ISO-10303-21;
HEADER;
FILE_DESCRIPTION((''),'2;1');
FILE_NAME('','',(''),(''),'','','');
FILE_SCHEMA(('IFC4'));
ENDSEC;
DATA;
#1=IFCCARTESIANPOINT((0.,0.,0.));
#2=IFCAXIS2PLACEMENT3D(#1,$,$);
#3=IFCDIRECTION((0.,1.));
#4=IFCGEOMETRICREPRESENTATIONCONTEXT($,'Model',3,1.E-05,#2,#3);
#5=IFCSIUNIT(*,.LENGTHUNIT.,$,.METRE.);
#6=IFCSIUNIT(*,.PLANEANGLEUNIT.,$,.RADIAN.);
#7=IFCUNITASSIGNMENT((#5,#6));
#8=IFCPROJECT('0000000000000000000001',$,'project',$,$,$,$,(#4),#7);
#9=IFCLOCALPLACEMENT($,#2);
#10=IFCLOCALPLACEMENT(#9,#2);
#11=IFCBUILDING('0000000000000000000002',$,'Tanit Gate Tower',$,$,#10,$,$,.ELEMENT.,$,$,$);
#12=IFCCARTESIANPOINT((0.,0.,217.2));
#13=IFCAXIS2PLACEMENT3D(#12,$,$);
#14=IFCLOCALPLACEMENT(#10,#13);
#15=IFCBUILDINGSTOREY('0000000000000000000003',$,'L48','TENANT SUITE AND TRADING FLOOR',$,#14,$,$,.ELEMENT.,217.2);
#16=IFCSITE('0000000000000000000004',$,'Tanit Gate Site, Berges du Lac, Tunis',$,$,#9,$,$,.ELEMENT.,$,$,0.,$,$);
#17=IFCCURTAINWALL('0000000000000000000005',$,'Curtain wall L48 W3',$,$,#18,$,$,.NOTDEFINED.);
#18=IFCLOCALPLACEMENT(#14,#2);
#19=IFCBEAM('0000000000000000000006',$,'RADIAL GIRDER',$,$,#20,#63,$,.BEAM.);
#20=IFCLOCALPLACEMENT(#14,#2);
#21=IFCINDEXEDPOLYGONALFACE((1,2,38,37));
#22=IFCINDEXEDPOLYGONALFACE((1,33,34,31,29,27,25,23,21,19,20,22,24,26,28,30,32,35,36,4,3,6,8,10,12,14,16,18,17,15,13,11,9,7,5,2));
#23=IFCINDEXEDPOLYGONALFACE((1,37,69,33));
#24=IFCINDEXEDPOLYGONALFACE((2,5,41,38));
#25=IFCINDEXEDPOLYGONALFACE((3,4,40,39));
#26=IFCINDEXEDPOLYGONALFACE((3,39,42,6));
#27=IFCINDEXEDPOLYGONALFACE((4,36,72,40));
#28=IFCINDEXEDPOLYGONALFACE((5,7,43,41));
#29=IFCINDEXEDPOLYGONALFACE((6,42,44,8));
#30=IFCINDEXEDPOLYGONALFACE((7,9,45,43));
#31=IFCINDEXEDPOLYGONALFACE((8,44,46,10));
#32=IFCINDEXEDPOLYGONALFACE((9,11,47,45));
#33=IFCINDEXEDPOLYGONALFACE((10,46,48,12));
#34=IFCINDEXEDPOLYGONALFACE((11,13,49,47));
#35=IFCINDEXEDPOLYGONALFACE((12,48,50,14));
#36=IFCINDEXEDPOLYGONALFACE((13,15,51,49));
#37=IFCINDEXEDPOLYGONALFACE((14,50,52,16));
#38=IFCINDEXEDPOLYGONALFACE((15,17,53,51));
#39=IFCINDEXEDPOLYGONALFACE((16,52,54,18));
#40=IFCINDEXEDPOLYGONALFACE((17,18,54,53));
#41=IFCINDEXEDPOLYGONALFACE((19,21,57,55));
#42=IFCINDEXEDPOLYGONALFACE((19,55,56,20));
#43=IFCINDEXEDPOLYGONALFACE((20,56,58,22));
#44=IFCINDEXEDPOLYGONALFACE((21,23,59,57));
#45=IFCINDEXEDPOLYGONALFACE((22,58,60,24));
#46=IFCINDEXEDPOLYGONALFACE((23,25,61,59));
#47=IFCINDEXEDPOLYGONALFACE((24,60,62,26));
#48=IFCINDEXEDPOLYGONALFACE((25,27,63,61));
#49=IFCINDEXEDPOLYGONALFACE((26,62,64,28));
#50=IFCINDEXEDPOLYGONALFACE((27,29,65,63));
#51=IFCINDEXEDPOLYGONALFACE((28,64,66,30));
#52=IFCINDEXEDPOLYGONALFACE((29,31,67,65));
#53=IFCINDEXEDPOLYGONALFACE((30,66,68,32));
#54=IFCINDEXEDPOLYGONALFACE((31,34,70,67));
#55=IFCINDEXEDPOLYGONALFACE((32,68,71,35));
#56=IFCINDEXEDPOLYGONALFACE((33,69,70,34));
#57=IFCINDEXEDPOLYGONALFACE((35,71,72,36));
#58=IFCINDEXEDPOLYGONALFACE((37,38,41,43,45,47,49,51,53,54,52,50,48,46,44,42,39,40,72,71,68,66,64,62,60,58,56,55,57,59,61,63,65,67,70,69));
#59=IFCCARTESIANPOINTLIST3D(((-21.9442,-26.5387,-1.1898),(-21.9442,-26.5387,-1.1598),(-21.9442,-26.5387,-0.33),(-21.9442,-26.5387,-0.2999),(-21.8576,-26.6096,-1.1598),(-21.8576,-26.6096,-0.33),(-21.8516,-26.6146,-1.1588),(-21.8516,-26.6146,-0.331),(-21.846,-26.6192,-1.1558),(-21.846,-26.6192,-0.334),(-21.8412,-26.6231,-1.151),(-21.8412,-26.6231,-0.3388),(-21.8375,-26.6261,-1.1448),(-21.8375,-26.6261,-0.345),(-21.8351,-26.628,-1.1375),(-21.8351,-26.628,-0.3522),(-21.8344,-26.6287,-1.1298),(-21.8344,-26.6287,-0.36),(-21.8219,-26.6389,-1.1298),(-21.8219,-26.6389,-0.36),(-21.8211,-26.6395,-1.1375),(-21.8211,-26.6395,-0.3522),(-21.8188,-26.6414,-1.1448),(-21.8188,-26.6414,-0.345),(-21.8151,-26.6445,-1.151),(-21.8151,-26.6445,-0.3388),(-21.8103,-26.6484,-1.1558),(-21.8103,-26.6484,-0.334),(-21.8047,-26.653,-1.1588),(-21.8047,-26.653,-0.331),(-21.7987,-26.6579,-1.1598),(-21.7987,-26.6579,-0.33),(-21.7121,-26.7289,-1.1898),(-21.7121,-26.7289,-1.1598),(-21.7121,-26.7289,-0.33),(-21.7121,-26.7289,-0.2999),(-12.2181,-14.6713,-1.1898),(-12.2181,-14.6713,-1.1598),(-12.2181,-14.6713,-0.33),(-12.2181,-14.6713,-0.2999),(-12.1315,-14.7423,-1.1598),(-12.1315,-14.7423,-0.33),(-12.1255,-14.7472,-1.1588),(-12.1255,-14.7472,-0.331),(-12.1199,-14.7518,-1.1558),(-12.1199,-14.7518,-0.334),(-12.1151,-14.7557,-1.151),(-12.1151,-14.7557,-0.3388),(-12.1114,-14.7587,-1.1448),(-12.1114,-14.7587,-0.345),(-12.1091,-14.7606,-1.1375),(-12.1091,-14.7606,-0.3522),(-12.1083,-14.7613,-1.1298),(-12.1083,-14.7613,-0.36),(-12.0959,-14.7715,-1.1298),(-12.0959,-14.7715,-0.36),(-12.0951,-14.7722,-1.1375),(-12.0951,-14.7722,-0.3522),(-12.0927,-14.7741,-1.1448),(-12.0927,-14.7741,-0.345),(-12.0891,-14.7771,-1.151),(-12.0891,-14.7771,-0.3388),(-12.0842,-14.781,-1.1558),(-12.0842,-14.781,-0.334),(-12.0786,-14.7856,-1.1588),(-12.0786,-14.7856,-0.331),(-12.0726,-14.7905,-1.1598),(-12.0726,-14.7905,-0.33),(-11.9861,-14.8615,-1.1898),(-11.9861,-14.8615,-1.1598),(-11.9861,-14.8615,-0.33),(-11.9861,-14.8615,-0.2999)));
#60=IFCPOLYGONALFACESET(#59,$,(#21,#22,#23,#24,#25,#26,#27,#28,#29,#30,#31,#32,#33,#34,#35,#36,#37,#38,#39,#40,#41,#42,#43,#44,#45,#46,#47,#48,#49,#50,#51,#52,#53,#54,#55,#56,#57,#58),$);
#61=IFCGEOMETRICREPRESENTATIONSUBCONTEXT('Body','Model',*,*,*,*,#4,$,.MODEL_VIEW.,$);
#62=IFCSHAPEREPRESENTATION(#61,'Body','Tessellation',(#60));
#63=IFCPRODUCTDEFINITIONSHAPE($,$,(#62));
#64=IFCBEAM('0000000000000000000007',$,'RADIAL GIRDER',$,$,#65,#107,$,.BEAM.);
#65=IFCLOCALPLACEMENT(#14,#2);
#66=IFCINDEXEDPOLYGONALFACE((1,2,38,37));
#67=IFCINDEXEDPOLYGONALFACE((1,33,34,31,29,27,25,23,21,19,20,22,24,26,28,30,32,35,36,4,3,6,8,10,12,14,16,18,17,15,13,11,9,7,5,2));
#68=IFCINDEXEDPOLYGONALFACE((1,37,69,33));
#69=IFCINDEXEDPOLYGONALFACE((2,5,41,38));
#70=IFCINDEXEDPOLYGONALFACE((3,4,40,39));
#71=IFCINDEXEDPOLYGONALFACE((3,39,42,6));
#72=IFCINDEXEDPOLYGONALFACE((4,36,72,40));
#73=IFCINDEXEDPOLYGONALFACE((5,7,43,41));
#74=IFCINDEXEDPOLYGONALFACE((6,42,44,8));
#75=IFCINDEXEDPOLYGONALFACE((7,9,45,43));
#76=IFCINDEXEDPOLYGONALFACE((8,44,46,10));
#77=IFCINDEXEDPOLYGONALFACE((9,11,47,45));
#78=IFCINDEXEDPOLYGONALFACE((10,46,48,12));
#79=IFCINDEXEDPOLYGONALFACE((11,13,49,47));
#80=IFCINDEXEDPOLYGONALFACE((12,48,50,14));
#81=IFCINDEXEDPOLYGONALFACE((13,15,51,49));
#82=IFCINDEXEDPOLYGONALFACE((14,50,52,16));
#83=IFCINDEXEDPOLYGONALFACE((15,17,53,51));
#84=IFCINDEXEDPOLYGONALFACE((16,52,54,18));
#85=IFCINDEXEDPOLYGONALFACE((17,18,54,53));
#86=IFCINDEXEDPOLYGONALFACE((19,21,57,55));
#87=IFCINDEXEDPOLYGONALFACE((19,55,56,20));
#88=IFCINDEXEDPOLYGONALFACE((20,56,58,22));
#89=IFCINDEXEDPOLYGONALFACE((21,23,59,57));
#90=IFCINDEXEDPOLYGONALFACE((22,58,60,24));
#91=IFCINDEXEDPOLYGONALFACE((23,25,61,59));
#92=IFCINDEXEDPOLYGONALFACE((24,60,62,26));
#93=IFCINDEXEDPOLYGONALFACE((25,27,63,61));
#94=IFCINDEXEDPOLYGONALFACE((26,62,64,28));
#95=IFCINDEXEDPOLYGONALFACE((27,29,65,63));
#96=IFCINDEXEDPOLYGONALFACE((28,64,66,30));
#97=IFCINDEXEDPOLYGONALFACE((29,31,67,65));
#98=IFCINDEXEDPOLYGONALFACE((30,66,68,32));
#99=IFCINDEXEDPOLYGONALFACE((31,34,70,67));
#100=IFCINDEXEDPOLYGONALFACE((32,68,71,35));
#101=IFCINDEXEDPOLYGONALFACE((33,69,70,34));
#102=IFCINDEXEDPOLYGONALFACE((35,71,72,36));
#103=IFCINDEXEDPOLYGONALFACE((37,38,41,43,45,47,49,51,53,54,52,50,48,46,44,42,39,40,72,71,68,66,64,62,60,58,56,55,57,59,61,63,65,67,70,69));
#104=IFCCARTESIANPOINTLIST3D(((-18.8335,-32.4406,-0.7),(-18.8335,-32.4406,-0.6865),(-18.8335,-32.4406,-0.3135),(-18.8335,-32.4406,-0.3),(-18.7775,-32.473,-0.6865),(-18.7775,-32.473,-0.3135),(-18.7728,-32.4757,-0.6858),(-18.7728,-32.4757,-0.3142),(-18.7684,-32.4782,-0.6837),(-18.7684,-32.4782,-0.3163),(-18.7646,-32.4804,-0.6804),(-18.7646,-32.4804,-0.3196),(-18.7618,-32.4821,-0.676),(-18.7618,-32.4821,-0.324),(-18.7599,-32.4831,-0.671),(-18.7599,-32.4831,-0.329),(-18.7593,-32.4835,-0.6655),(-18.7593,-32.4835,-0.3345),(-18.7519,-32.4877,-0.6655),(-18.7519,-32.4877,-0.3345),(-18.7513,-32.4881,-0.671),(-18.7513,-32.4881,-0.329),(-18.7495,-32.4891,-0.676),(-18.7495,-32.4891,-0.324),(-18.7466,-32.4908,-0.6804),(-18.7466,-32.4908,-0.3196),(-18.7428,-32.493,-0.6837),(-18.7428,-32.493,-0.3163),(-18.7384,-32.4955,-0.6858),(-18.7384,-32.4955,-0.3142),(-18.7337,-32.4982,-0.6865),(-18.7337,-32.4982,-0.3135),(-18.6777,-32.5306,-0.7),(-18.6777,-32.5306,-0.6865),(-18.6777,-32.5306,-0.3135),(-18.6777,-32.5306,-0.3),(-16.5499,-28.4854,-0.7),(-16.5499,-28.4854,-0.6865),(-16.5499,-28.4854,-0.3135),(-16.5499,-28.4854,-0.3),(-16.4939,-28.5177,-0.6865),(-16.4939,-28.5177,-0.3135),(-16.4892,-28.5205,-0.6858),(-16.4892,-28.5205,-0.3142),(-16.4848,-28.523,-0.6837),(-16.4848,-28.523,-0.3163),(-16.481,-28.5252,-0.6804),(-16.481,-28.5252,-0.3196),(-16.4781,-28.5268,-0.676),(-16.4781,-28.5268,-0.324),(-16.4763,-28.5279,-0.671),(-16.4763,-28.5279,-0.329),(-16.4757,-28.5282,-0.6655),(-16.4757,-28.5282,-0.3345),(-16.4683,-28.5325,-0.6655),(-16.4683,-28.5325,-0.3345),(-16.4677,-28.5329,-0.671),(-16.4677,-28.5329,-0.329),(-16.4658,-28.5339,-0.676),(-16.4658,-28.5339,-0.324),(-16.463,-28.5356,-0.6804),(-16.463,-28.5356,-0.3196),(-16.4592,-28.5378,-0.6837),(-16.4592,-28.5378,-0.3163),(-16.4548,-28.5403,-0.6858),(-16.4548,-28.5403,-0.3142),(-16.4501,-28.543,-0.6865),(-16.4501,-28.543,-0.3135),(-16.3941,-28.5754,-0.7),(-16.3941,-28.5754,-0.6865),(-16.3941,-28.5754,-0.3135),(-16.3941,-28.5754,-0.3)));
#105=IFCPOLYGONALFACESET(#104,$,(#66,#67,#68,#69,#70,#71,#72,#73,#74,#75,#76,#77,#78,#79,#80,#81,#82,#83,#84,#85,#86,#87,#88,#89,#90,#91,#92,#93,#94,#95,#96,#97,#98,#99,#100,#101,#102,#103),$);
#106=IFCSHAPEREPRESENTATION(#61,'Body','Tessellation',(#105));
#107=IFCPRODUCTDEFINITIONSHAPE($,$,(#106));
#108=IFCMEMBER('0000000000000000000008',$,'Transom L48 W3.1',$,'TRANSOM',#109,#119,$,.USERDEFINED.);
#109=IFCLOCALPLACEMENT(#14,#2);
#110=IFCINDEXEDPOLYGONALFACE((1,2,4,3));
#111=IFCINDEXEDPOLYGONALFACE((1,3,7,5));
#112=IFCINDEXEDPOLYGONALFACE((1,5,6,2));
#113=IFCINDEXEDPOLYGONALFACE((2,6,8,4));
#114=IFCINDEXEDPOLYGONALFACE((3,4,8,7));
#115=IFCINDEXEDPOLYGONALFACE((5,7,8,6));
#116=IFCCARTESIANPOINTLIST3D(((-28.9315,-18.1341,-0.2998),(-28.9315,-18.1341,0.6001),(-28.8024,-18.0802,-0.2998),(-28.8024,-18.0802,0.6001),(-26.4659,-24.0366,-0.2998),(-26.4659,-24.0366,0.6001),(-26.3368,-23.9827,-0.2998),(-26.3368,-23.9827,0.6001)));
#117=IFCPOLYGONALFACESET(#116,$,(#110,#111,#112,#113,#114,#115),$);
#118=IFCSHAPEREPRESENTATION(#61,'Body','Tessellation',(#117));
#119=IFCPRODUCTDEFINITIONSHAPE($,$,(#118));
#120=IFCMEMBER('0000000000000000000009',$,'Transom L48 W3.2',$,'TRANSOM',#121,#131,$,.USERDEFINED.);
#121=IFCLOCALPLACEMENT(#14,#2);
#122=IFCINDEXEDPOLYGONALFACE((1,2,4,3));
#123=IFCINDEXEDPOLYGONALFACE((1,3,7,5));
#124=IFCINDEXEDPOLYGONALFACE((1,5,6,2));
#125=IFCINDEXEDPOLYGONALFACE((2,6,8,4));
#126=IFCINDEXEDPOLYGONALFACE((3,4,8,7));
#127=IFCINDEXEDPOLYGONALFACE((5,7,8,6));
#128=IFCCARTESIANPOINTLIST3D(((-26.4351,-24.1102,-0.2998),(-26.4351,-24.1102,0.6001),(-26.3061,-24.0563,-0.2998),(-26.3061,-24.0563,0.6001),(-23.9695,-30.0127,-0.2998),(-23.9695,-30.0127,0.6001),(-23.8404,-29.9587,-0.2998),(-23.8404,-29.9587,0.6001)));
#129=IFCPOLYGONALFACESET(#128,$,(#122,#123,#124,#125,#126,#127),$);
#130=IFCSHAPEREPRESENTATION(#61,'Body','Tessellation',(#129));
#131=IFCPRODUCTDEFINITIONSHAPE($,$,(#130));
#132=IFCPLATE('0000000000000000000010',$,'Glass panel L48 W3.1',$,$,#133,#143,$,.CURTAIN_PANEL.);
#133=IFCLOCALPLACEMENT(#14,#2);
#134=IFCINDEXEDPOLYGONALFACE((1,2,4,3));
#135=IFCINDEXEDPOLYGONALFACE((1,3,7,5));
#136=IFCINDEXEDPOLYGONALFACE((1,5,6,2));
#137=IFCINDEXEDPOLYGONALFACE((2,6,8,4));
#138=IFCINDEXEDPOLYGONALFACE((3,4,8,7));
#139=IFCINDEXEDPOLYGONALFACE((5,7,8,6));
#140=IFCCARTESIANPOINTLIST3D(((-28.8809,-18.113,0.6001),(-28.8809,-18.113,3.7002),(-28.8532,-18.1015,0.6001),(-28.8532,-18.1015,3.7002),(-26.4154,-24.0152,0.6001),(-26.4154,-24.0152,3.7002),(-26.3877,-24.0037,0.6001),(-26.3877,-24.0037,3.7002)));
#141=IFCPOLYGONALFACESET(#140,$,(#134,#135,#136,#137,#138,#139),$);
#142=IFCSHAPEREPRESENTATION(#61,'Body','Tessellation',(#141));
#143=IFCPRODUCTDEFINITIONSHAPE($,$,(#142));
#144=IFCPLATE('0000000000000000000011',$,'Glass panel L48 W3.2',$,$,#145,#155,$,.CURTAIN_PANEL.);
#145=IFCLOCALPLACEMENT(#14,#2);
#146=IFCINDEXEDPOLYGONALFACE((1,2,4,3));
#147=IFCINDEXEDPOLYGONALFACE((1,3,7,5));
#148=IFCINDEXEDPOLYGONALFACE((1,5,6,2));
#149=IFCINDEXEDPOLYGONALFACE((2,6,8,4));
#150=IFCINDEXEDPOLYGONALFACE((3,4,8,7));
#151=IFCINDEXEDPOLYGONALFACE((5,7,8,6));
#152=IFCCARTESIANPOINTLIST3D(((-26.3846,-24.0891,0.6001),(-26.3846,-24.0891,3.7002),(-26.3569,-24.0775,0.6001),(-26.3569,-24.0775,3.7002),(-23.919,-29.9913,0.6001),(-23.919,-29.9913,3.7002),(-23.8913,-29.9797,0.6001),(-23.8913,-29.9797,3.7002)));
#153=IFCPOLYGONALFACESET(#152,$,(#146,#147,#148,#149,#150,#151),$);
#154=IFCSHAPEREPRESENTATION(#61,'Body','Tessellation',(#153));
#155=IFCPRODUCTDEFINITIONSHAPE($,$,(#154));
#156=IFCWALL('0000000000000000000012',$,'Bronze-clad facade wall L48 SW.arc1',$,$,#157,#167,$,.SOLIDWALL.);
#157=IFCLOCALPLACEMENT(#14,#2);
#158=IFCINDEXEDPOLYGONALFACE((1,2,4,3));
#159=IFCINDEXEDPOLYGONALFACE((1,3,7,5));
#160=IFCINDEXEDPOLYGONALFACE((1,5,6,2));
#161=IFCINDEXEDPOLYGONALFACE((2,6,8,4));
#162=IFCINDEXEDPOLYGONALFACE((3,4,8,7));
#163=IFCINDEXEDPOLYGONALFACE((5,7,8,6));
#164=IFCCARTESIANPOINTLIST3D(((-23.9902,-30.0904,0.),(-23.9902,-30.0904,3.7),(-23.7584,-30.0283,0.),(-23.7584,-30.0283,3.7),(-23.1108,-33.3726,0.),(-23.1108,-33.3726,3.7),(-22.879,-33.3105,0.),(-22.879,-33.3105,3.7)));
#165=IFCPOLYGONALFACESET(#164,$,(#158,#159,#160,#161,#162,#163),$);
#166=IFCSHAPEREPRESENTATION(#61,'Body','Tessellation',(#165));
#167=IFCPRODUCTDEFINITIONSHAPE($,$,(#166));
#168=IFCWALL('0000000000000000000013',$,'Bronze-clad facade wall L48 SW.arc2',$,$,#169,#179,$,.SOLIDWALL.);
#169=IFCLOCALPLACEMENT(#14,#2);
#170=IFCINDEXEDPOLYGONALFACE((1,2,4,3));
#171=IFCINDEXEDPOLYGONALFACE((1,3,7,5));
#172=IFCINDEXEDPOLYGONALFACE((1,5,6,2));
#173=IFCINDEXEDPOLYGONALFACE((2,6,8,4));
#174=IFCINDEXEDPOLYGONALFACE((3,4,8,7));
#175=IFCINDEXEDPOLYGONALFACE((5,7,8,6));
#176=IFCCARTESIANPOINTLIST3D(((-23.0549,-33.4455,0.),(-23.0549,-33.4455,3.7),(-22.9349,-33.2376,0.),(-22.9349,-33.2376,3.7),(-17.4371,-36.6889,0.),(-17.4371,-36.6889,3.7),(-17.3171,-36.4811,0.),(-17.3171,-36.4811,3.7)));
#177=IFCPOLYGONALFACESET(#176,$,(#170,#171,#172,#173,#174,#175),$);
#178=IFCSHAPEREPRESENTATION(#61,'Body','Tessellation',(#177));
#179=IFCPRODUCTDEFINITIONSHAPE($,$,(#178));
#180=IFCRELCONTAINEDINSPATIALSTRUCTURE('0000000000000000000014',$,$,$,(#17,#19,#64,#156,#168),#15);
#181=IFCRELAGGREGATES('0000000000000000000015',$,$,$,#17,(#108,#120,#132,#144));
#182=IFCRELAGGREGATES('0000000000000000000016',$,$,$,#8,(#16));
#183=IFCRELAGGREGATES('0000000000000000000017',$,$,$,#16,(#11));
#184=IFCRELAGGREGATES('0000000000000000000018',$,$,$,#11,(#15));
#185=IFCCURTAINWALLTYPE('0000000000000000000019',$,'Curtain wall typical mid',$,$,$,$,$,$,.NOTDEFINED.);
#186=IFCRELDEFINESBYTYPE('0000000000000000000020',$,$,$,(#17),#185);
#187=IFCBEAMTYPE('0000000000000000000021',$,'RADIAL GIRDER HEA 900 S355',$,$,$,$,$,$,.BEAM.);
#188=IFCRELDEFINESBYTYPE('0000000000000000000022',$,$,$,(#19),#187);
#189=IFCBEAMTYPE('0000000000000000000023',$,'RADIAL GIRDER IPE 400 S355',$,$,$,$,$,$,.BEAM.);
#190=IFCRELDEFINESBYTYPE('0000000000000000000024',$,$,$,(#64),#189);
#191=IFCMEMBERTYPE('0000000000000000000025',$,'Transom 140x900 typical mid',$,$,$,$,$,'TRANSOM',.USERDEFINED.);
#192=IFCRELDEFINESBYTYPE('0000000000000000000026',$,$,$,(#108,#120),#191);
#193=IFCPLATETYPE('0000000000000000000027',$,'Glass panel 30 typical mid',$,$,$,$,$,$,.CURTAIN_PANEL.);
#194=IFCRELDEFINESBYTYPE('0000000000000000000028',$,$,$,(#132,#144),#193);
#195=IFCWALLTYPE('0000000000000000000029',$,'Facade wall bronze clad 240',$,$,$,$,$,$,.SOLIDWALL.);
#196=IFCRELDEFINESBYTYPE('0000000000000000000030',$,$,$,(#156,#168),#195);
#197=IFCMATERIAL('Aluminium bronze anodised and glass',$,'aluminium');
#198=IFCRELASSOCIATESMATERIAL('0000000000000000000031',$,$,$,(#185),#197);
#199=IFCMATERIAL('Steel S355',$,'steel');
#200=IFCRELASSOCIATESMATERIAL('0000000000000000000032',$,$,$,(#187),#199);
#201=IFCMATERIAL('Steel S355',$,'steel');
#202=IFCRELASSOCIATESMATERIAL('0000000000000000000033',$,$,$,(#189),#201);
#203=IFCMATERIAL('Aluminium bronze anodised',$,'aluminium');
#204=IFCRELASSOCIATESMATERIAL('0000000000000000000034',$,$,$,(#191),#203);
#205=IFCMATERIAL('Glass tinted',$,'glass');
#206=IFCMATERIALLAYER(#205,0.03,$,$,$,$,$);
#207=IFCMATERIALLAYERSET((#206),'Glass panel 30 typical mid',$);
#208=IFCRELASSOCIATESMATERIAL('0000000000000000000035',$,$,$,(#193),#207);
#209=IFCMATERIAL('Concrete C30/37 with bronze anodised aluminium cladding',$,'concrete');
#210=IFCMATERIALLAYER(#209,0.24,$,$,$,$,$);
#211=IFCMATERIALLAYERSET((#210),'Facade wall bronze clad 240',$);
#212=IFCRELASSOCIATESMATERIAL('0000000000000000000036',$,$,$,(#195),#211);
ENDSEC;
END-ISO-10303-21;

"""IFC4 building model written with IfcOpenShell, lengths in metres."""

from ifc_helpers import new_model, si_unit, direction, frame, frame_2d, origin, origin_2d, place, context, subcontext, project, spatial, rectangle, i_section, extrude, material, layer, layer_set, material_profile, profile_set, type_object, element, aggregate, save


model = new_model("IFC4")

# Units and contexts
model_context = context("Model", 3, precision=1e-05, world=origin(), true_north=direction((0.0, 1.0)))
body_context = subcontext(model_context, "Body", "Model", "MODEL_VIEW")
ifc_project = project(units=[si_unit("LENGTHUNIT", "METRE"), si_unit("PLANEANGLEUNIT", "RADIAN")], contexts=[model_context])

# Site, building, storey
site_placement = place(None, origin())
site = spatial("IfcSite", under=ifc_project, at=site_placement, Name="Tanit Gate Site, Berges du Lac, Tunis", CompositionType="ELEMENT", RefElevation=0.0)
building_placement = place(site_placement, origin())
building = spatial("IfcBuilding", under=site, at=building_placement, Name="Tanit Gate Tower", CompositionType="ELEMENT")
storey_placement = place(building_placement, frame((0.0, 0.0, 217.2)))
storey = spatial("IfcBuildingStorey", under=building, at=storey_placement, Name="L48", Description="TENANT SUITE AND TRADING FLOOR", CompositionType="ELEMENT", Elevation=217.2)

# Curtain wall
ifc_material_1 = material(Name="Aluminium bronze anodised and glass", Category="aluminium")
curtain_wall_type = type_object("IfcCurtainWallType", Name="Curtain wall typical mid", PredefinedType="NOTDEFINED", material=ifc_material_1)
curtain_wall_1_placement = place(storey_placement, origin())
curtain_wall_1 = element("IfcCurtainWall", 1, at=curtain_wall_1_placement, inside=storey, type_object=curtain_wall_type, Name="Curtain wall L48 W3", PredefinedType="NOTDEFINED")

# Beams
ifc_material_2 = material(Name="Steel S355", Category="steel")
ifc_material_profile_1 = material_profile(ifc_material_2, i_section(OverallWidth=0.3, OverallDepth=0.8899, WebThickness=0.0161, FlangeThickness=0.03, FilletRadius=0.03, at=origin_2d()), Name="HEA 900")
ifc_profile_set_1 = profile_set([ifc_material_profile_1], Name="Steel S355")
beam_type_1 = type_object("IfcBeamType", Name="RADIAL GIRDER HEA 900 S355", PredefinedType="BEAM", material=ifc_profile_set_1)
beam_1_placement = place(storey_placement, frame((-21.8281, -26.6338, -0.7449), z_axis=(0.633876, 0.773435, 0.0), x_axis=(-0.773435, 0.633876, 0.0)))
element("IfcBeam", 2, at=beam_1_placement, inside=storey, type_object=beam_type_1, Name="RADIAL GIRDER", PredefinedType="BEAM", context=body_context, shape_type="SweptSolid", body=[
    extrude(i_section(OverallWidth=0.3, OverallDepth=0.8899, WebThickness=0.0161, FlangeThickness=0.03, FilletRadius=0.03, at=origin_2d()), origin(), (0.0, 0.0, 1.0), 15.3438),
])
ifc_material_3 = material(Name="Steel S355", Category="steel")
ifc_material_profile_2 = material_profile(ifc_material_3, i_section(OverallWidth=0.1799, OverallDepth=0.3999, WebThickness=0.0085, FlangeThickness=0.0134, FilletRadius=0.021, at=origin_2d()), Name="IPE 400")
ifc_profile_set_2 = profile_set([ifc_material_profile_2], Name="Steel S355")
beam_type_2 = type_object("IfcBeamType", Name="RADIAL GIRDER IPE 400 S355", PredefinedType="BEAM", material=ifc_profile_set_2)
beam_2_placement = place(storey_placement, frame((-18.7556, -32.4856, -0.5), z_axis=(0.500014, 0.866017, 0.0), x_axis=(-0.866017, 0.500014, 0.0)))
element("IfcBeam", 3, at=beam_2_placement, inside=storey, type_object=beam_type_2, Name="RADIAL GIRDER", PredefinedType="BEAM", context=body_context, shape_type="SweptSolid", body=[
    extrude(i_section(OverallWidth=0.1799, OverallDepth=0.3999, WebThickness=0.0085, FlangeThickness=0.0134, FilletRadius=0.021, at=origin_2d()), origin(), (0.0, 0.0, 1.0), 4.5671),
])

# Members
ifc_material_4 = material(Name="Aluminium bronze anodised", Category="aluminium")
ifc_material_profile_3 = material_profile(ifc_material_4, rectangle(XDim=0.1399, YDim=0.8999, at=origin_2d()), Name="140x900 bronze transom")
ifc_profile_set_3 = profile_set([ifc_material_profile_3], Name="Aluminium bronze anodised")
member_type_1 = type_object("IfcMemberType", Name="Transom 140x900 typical mid", ElementType="TRANSOM", PredefinedType="USERDEFINED", material=ifc_profile_set_3)
member_1_placement = place(storey_placement, frame((-28.8669, -18.1072, 0.1501), z_axis=(0.38545, -0.922729, 0.0), x_axis=(0.922729, 0.38545, 0.0)))
member_1 = element("IfcMember", 4, at=member_1_placement, type_object=member_type_1, Name="Transom L48 W3.1", ObjectType="TRANSOM", PredefinedType="USERDEFINED", context=body_context, shape_type="SweptSolid", body=[
    extrude(rectangle(XDim=0.1399, YDim=0.8999, at=origin_2d()), origin(), (0.0, 0.0, 1.0), 6.3967),
])
member_2_placement = place(storey_placement, frame((-26.3706, -24.0833, 0.1501), z_axis=(0.38545, -0.922729, 0.0), x_axis=(0.922729, 0.38545, 0.0)))
member_2 = element("IfcMember", 5, at=member_2_placement, type_object=member_type_1, Name="Transom L48 W3.2", ObjectType="TRANSOM", PredefinedType="USERDEFINED", context=body_context, shape_type="SweptSolid", body=[
    extrude(rectangle(XDim=0.1399, YDim=0.8999, at=origin_2d()), origin(), (0.0, 0.0, 1.0), 6.3967),
])

# Plates
ifc_material_5 = material(Name="Glass tinted", Category="glass")
ifc_layer_1 = layer(ifc_material_5, 0.03)
ifc_layer_set_1 = layer_set([ifc_layer_1], Name="Glass panel 30 typical mid")
plate_type = type_object("IfcPlateType", Name="Glass panel 30 typical mid", PredefinedType="CURTAIN_PANEL", material=ifc_layer_set_1)
plate_1_placement = place(storey_placement, frame((-27.6343, -21.0583, 0.6001), z_axis=(0.0, 0.0, 1.0), x_axis=(0.385451, -0.922728, 0.0)))
plate_1 = element("IfcPlate", 6, at=plate_1_placement, type_object=plate_type, Name="Glass panel L48 W3.1", PredefinedType="CURTAIN_PANEL", context=body_context, shape_type="SweptSolid", body=[
    extrude(rectangle(XDim=6.3965, YDim=0.03, at=origin_2d()), origin(), (0.0, 0.0, 1.0), 3.1001),
])
plate_2_placement = place(storey_placement, frame((-25.1379, -27.0344, 0.6001), z_axis=(0.0, 0.0, 1.0), x_axis=(0.385451, -0.922728, 0.0)))
plate_2 = element("IfcPlate", 7, at=plate_2_placement, type_object=plate_type, Name="Glass panel L48 W3.2", PredefinedType="CURTAIN_PANEL", context=body_context, shape_type="SweptSolid", body=[
    extrude(rectangle(XDim=6.3965, YDim=0.03, at=origin_2d()), origin(), (0.0, 0.0, 1.0), 3.1001),
])
aggregate(curtain_wall_1, [member_1, member_2, plate_1, plate_2])

# Walls
ifc_material_6 = material(Name="Concrete C30/37 with bronze anodised aluminium cladding", Category="concrete")
ifc_layer_2 = layer(ifc_material_6, 0.24)
ifc_layer_set_2 = layer_set([ifc_layer_2], Name="Facade wall bronze clad 240")
wall_type_1 = type_object("IfcWallType", Name="Facade wall bronze clad 240", PredefinedType="SOLIDWALL", material=ifc_layer_set_2)
wall_1_placement = place(storey_placement, frame((-23.8743, -30.0593, 0.0), z_axis=(0.0, 0.0, 1.0), x_axis=(0.258798, -0.965931, 0.0)))
element("IfcWall", 8, at=wall_1_placement, inside=storey, type_object=wall_type_1, Name="Bronze-clad facade wall L48 SW.arc1", PredefinedType="SOLIDWALL", context=body_context, shape_type="SweptSolid", body=[
    extrude(rectangle(XDim=3.3979, YDim=0.24, at=frame_2d((1.699, 0.0))), origin(), (0.0, 0.0, 1.0), 3.7),
])
wall_2_placement = place(storey_placement, frame((-22.9949, -33.3416, 0.0), z_axis=(0.0, 0.0, 1.0), x_axis=(0.866023, -0.500005, 0.0)))
element("IfcWall", 9, at=wall_2_placement, inside=storey, type_object=wall_type_1, Name="Bronze-clad facade wall L48 SW.arc2", PredefinedType="SOLIDWALL", context=body_context, shape_type="SweptSolid", body=[
    extrude(rectangle(XDim=6.4868, YDim=0.24, at=frame_2d((3.2434, 0.0))), origin(), (0.0, 0.0, 1.0), 3.7),
])

save(model, "model.ifc")
